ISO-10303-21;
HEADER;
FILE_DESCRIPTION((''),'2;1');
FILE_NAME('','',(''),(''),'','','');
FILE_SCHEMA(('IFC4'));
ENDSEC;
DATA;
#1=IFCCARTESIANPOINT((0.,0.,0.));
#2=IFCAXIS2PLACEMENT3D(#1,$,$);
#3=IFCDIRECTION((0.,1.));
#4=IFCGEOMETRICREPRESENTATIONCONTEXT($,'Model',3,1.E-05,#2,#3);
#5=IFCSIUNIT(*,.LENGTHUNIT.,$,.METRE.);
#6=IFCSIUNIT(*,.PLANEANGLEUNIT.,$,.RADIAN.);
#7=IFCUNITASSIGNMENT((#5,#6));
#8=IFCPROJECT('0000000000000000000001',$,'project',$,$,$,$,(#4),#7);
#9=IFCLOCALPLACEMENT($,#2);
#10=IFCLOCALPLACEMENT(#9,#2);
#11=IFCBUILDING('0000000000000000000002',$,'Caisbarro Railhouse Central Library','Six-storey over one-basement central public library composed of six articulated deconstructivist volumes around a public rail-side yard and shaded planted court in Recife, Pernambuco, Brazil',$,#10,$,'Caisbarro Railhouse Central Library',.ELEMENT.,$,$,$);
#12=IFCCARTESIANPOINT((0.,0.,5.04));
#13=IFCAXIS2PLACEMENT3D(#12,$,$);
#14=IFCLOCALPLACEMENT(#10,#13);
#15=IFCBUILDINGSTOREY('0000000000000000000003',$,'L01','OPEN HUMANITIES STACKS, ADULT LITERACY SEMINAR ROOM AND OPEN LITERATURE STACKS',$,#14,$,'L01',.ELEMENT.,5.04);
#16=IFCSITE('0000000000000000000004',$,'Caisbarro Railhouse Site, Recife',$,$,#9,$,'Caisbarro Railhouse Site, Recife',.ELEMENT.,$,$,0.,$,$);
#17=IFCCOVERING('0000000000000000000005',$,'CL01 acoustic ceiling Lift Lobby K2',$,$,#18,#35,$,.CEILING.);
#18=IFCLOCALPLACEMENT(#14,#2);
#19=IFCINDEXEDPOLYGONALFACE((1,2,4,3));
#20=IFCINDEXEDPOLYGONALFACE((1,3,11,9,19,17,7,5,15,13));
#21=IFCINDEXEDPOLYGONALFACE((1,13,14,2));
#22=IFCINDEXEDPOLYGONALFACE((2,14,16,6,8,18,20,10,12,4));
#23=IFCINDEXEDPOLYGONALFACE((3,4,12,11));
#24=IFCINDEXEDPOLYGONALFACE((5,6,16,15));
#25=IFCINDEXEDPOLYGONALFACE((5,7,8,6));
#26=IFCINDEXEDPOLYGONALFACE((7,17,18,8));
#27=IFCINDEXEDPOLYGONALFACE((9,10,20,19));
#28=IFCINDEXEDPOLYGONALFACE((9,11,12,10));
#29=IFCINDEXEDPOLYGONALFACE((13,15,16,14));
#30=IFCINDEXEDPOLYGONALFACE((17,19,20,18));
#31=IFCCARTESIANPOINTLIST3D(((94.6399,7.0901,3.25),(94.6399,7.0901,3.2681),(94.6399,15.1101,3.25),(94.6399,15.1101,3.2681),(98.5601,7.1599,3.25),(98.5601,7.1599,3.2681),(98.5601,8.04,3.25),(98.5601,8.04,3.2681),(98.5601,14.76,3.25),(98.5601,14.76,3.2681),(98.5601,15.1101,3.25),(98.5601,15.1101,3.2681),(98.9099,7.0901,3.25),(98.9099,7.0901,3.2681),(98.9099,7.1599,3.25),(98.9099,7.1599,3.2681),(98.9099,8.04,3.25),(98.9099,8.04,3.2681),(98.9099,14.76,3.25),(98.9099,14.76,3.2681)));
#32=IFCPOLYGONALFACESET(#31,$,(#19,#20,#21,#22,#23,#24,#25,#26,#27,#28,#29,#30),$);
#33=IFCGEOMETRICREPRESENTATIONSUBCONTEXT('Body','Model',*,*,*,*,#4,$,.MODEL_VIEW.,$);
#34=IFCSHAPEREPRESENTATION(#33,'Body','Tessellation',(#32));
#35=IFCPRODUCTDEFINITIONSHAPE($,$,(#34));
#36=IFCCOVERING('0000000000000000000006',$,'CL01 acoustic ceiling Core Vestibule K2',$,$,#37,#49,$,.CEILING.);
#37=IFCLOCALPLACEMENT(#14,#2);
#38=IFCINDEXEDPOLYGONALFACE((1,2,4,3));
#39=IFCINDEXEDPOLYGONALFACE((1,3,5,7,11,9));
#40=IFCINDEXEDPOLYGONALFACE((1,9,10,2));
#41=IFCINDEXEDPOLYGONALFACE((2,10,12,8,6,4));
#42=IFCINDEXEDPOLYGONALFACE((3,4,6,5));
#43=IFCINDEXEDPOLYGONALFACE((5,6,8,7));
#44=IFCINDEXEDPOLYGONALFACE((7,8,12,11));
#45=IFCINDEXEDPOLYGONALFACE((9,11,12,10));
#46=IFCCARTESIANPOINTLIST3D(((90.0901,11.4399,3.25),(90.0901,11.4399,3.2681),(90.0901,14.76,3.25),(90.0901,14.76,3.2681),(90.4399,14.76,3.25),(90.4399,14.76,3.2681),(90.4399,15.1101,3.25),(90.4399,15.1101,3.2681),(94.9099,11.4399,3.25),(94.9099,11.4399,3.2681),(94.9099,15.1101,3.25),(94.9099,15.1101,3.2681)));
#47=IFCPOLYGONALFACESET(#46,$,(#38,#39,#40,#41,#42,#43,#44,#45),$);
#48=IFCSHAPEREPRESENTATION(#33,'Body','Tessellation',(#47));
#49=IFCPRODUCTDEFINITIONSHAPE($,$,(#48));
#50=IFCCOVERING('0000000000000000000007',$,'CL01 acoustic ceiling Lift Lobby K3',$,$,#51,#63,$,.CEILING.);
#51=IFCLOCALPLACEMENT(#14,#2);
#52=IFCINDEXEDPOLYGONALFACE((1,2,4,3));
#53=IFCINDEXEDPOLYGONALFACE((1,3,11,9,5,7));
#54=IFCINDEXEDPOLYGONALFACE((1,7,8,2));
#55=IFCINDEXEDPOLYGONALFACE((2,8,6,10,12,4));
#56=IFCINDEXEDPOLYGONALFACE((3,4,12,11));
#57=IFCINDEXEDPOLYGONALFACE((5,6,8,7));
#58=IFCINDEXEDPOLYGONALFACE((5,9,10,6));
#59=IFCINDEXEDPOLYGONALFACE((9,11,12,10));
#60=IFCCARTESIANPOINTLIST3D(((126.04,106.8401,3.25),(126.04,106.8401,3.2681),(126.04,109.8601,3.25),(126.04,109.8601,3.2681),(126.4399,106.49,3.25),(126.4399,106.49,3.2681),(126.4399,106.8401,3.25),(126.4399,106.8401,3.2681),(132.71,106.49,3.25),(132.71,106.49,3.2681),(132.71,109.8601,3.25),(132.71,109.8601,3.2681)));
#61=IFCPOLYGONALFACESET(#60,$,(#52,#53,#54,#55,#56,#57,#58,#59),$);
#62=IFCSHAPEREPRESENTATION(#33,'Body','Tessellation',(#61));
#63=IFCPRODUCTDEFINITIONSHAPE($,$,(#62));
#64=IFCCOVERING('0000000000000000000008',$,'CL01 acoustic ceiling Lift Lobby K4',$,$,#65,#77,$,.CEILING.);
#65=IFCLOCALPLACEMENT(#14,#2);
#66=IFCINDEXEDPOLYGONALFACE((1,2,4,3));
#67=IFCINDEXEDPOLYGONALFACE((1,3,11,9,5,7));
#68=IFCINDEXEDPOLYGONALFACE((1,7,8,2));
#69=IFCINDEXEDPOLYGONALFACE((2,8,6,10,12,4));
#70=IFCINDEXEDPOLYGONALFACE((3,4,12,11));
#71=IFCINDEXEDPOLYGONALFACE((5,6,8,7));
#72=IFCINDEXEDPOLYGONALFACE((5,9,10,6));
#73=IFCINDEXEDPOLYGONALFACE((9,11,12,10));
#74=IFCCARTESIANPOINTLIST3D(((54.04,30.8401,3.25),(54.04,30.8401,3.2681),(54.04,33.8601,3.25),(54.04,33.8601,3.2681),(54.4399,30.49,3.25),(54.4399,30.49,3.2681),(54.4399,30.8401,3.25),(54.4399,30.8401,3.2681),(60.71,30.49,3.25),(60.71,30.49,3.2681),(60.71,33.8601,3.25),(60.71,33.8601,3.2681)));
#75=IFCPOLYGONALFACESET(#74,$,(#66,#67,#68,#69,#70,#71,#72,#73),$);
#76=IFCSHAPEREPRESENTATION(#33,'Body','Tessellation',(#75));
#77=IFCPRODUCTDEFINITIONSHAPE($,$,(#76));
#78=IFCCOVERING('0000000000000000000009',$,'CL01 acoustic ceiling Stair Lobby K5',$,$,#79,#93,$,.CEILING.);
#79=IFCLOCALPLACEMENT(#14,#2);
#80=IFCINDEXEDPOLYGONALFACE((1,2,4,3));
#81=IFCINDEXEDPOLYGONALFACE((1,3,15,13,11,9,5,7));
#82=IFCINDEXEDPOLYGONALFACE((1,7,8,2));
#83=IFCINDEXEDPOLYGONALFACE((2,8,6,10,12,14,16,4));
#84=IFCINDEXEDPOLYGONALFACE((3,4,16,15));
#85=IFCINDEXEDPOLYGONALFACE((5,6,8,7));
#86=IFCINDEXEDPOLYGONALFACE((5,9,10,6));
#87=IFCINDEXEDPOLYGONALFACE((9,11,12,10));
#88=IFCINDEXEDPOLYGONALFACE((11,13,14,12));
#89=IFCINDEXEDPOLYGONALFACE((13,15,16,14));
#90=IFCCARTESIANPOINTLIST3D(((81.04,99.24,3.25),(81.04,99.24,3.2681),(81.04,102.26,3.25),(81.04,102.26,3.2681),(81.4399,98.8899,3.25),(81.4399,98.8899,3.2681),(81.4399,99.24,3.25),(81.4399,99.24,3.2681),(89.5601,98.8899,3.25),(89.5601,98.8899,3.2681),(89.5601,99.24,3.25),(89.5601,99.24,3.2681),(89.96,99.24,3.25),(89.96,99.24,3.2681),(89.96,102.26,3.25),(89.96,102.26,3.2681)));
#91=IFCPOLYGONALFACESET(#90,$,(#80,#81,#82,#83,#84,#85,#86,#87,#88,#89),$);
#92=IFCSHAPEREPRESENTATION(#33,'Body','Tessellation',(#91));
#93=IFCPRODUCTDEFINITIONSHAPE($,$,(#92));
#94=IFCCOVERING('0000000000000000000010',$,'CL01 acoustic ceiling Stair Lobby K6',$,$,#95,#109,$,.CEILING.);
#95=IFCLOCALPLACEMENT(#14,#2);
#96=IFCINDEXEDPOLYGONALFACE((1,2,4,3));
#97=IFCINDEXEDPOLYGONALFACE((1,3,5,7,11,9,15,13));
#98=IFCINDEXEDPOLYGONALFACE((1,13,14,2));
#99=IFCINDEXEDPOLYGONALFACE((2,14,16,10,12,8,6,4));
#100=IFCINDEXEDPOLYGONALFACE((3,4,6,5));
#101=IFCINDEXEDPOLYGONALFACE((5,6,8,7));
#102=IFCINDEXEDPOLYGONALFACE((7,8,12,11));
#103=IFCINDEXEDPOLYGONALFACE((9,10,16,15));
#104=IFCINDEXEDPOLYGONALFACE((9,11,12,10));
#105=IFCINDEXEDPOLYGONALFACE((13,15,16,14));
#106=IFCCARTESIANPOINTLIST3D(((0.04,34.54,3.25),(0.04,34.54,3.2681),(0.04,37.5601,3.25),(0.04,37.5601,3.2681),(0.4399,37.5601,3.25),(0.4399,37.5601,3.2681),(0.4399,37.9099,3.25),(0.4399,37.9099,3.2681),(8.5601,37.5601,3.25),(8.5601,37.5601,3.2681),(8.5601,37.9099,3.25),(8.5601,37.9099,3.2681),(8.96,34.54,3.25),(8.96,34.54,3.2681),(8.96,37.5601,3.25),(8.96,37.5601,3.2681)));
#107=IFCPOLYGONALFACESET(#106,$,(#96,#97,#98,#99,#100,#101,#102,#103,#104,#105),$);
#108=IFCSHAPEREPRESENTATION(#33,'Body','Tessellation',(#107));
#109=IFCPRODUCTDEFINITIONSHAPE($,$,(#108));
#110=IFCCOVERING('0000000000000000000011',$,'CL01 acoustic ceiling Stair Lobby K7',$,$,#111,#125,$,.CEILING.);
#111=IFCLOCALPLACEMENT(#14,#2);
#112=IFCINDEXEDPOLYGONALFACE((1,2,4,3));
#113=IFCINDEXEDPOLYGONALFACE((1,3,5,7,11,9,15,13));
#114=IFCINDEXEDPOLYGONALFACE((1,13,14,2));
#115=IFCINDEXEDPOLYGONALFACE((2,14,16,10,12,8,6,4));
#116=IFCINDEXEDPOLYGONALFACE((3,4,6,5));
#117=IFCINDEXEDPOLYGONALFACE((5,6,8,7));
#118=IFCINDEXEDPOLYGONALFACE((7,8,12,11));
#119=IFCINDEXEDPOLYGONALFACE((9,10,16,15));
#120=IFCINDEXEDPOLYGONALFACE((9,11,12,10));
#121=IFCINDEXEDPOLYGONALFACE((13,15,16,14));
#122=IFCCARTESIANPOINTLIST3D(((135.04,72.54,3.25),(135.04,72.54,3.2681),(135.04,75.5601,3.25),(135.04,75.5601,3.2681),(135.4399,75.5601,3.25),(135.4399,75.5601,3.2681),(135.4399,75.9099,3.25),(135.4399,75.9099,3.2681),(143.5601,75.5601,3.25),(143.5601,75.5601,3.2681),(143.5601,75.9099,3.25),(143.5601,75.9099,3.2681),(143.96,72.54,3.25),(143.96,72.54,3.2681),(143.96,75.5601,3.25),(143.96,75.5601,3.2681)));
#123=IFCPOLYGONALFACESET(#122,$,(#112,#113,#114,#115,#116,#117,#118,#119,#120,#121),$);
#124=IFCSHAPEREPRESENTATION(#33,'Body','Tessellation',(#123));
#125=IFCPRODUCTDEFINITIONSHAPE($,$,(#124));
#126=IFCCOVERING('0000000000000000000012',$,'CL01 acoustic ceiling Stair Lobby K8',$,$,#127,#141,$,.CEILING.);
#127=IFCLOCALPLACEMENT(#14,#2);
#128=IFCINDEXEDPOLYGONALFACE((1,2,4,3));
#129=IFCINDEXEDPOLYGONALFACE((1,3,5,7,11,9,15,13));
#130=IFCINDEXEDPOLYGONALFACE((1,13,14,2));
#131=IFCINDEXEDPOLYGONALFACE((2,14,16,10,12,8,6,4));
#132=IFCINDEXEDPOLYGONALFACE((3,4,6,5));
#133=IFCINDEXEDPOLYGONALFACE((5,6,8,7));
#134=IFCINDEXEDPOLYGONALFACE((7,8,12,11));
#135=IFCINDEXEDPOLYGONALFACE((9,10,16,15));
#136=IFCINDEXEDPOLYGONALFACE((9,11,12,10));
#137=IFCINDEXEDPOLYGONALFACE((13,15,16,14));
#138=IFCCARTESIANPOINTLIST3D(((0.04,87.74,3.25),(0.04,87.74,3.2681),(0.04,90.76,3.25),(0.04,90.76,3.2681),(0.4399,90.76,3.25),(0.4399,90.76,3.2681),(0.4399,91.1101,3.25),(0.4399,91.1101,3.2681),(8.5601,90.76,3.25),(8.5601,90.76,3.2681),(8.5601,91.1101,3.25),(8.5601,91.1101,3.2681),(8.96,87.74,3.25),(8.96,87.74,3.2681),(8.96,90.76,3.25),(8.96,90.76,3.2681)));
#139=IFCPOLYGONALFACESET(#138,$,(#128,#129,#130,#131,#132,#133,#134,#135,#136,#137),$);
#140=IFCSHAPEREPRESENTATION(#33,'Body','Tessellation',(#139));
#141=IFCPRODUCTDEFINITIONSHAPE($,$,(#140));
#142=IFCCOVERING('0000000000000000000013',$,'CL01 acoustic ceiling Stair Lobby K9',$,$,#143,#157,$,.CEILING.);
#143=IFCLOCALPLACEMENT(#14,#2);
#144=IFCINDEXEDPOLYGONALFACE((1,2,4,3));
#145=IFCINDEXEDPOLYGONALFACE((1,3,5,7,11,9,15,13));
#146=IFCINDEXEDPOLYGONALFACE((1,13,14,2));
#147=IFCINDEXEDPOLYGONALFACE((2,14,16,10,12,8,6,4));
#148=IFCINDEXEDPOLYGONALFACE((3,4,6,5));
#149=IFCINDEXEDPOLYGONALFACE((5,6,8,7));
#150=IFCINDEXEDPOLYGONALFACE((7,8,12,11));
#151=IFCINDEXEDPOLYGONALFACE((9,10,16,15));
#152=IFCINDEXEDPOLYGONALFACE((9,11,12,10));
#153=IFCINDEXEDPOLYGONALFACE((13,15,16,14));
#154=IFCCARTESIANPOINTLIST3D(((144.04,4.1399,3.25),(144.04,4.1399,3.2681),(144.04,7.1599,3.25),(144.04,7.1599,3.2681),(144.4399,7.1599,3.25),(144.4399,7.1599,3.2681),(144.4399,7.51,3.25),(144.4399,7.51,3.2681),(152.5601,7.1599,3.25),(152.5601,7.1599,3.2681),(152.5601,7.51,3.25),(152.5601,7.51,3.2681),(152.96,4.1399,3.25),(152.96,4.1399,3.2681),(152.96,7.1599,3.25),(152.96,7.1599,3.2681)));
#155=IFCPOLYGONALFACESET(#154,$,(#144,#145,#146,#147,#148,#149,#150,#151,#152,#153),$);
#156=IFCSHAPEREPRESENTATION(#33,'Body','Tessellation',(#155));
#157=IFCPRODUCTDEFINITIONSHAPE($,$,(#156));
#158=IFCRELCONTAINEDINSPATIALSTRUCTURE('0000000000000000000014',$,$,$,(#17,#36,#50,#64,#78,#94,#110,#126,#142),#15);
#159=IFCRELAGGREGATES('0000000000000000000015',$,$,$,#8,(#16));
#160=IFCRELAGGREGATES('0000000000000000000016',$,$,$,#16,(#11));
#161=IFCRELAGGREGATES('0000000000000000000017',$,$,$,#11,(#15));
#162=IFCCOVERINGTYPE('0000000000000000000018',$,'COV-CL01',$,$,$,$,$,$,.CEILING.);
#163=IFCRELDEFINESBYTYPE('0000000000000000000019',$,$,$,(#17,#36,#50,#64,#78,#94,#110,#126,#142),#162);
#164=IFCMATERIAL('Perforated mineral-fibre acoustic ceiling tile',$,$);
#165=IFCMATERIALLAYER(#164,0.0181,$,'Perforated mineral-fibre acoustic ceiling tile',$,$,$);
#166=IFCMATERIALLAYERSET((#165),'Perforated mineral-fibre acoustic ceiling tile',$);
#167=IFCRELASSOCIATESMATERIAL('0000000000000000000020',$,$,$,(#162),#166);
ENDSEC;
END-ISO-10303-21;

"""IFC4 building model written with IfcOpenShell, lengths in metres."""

from ifc_helpers import new_model, si_unit, direction, frame, origin, place, context, subcontext, project, spatial, polyline, outline, extrude, material, layer, layer_set, type_object, element, save


model = new_model("IFC4")

# Units and contexts
model_context = context("Model", 3, precision=1e-05, world=origin(), true_north=direction((0.0, 1.0)))
body_context = subcontext(model_context, "Body", "Model", "MODEL_VIEW")
ifc_project = project(units=[si_unit("LENGTHUNIT", "METRE"), si_unit("PLANEANGLEUNIT", "RADIAN")], contexts=[model_context])

# Site, building, storey
site_placement = place(None, origin())
site = spatial("IfcSite", under=ifc_project, at=site_placement, Name="Caisbarro Railhouse Site, Recife", LongName="Caisbarro Railhouse Site, Recife", CompositionType="ELEMENT", RefElevation=0.0)
building_placement = place(site_placement, origin())
building = spatial("IfcBuilding", under=site, at=building_placement, Name="Caisbarro Railhouse Central Library", Description="Six-storey over one-basement central public library composed of six articulated deconstructivist volumes around a public rail-side yard and shaded planted court in Recife, Pernambuco, Brazil", LongName="Caisbarro Railhouse Central Library", CompositionType="ELEMENT")
storey_placement = place(building_placement, frame((0.0, 0.0, 5.04)))
storey = spatial("IfcBuildingStorey", under=building, at=storey_placement, Name="L01", Description="OPEN HUMANITIES STACKS, ADULT LITERACY SEMINAR ROOM AND OPEN LITERATURE STACKS", LongName="L01", CompositionType="ELEMENT", Elevation=5.04)

# Coverings
ifc_material_1 = material(Name="Perforated mineral-fibre acoustic ceiling tile")
ifc_layer_1 = layer(ifc_material_1, 0.0181, Name="Perforated mineral-fibre acoustic ceiling tile")
ifc_layer_set_1 = layer_set([ifc_layer_1], Name="Perforated mineral-fibre acoustic ceiling tile")
covering_type_1 = type_object("IfcCoveringType", Name="COV-CL01", PredefinedType="CEILING", material=ifc_layer_set_1)
covering_1_placement = place(storey_placement, frame((0.0, 0.0, 3.25)))
element("IfcCovering", 1, at=covering_1_placement, inside=storey, type_object=covering_type_1, Name="CL01 acoustic ceiling Lift Lobby K2", PredefinedType="CEILING", context=body_context, shape_type="SweptSolid", body=[
    extrude(outline(polyline([(98.5601, 15.1101), (98.5601, 14.76), (98.9099, 14.76), (98.9099, 8.04), (98.5601, 8.04), (98.5601, 7.1599), (98.9099, 7.1599), (98.9099, 7.0901), (94.6399, 7.0901), (94.6399, 15.1101), (98.5601, 15.1101)])), origin(), (0.0, 0.0, 1.0), 0.0181),
])
covering_2_placement = place(storey_placement, frame((0.0, 0.0, 3.25)))
element("IfcCovering", 2, at=covering_2_placement, inside=storey, type_object=covering_type_1, Name="CL01 acoustic ceiling Core Vestibule K2", PredefinedType="CEILING", context=body_context, shape_type="SweptSolid", body=[
    extrude(outline(polyline([(90.0901, 14.76), (90.4399, 14.76), (90.4399, 15.1101), (94.9099, 15.1101), (94.9099, 11.4399), (90.0901, 11.4399), (90.0901, 14.76)])), origin(), (0.0, 0.0, 1.0), 0.0181),
])
covering_3_placement = place(storey_placement, frame((0.0, 0.0, 3.25)))
element("IfcCovering", 3, at=covering_3_placement, inside=storey, type_object=covering_type_1, Name="CL01 acoustic ceiling Lift Lobby K3", PredefinedType="CEILING", context=body_context, shape_type="SweptSolid", body=[
    extrude(outline(polyline([(126.04, 109.8601), (132.71, 109.8601), (132.71, 106.49), (126.4399, 106.49), (126.4399, 106.8401), (126.04, 106.8401), (126.04, 109.8601)])), origin(), (0.0, 0.0, 1.0), 0.0181),
])
covering_4_placement = place(storey_placement, frame((0.0, 0.0, 3.25)))
element("IfcCovering", 4, at=covering_4_placement, inside=storey, type_object=covering_type_1, Name="CL01 acoustic ceiling Lift Lobby K4", PredefinedType="CEILING", context=body_context, shape_type="SweptSolid", body=[
    extrude(outline(polyline([(54.04, 33.8601), (60.71, 33.8601), (60.71, 30.49), (54.4399, 30.49), (54.4399, 30.8401), (54.04, 30.8401), (54.04, 33.8601)])), origin(), (0.0, 0.0, 1.0), 0.0181),
])
covering_5_placement = place(storey_placement, frame((0.0, 0.0, 3.25)))
element("IfcCovering", 5, at=covering_5_placement, inside=storey, type_object=covering_type_1, Name="CL01 acoustic ceiling Stair Lobby K5", PredefinedType="CEILING", context=body_context, shape_type="SweptSolid", body=[
    extrude(outline(polyline([(89.96, 102.26), (89.96, 99.24), (89.5601, 99.24), (89.5601, 98.8899), (81.4399, 98.8899), (81.4399, 99.24), (81.04, 99.24), (81.04, 102.26), (89.96, 102.26)])), origin(), (0.0, 0.0, 1.0), 0.0181),
])
covering_6_placement = place(storey_placement, frame((0.0, 0.0, 3.25)))
element("IfcCovering", 6, at=covering_6_placement, inside=storey, type_object=covering_type_1, Name="CL01 acoustic ceiling Stair Lobby K6", PredefinedType="CEILING", context=body_context, shape_type="SweptSolid", body=[
    extrude(outline(polyline([(0.4399, 37.5601), (0.4399, 37.9099), (8.5601, 37.9099), (8.5601, 37.5601), (8.96, 37.5601), (8.96, 34.54), (0.04, 34.54), (0.04, 37.5601), (0.4399, 37.5601)])), origin(), (0.0, 0.0, 1.0), 0.0181),
])
covering_7_placement = place(storey_placement, frame((0.0, 0.0, 3.25)))
element("IfcCovering", 7, at=covering_7_placement, inside=storey, type_object=covering_type_1, Name="CL01 acoustic ceiling Stair Lobby K7", PredefinedType="CEILING", context=body_context, shape_type="SweptSolid", body=[
    extrude(outline(polyline([(135.4399, 75.5601), (135.4399, 75.9099), (143.5601, 75.9099), (143.5601, 75.5601), (143.96, 75.5601), (143.96, 72.54), (135.04, 72.54), (135.04, 75.5601), (135.4399, 75.5601)])), origin(), (0.0, 0.0, 1.0), 0.0181),
])
covering_8_placement = place(storey_placement, frame((0.0, 0.0, 3.25)))
element("IfcCovering", 8, at=covering_8_placement, inside=storey, type_object=covering_type_1, Name="CL01 acoustic ceiling Stair Lobby K8", PredefinedType="CEILING", context=body_context, shape_type="SweptSolid", body=[
    extrude(outline(polyline([(0.4399, 90.76), (0.4399, 91.1101), (8.5601, 91.1101), (8.5601, 90.76), (8.96, 90.76), (8.96, 87.74), (0.04, 87.74), (0.04, 90.76), (0.4399, 90.76)])), origin(), (0.0, 0.0, 1.0), 0.0181),
])
covering_9_placement = place(storey_placement, frame((0.0, 0.0, 3.25)))
element("IfcCovering", 9, at=covering_9_placement, inside=storey, type_object=covering_type_1, Name="CL01 acoustic ceiling Stair Lobby K9", PredefinedType="CEILING", context=body_context, shape_type="SweptSolid", body=[
    extrude(outline(polyline([(144.4399, 7.1599), (144.4399, 7.51), (152.5601, 7.51), (152.5601, 7.1599), (152.96, 7.1599), (152.96, 4.1399), (144.04, 4.1399), (144.04, 7.1599), (144.4399, 7.1599)])), origin(), (0.0, 0.0, 1.0), 0.0181),
])

save(model, "model.ifc")
